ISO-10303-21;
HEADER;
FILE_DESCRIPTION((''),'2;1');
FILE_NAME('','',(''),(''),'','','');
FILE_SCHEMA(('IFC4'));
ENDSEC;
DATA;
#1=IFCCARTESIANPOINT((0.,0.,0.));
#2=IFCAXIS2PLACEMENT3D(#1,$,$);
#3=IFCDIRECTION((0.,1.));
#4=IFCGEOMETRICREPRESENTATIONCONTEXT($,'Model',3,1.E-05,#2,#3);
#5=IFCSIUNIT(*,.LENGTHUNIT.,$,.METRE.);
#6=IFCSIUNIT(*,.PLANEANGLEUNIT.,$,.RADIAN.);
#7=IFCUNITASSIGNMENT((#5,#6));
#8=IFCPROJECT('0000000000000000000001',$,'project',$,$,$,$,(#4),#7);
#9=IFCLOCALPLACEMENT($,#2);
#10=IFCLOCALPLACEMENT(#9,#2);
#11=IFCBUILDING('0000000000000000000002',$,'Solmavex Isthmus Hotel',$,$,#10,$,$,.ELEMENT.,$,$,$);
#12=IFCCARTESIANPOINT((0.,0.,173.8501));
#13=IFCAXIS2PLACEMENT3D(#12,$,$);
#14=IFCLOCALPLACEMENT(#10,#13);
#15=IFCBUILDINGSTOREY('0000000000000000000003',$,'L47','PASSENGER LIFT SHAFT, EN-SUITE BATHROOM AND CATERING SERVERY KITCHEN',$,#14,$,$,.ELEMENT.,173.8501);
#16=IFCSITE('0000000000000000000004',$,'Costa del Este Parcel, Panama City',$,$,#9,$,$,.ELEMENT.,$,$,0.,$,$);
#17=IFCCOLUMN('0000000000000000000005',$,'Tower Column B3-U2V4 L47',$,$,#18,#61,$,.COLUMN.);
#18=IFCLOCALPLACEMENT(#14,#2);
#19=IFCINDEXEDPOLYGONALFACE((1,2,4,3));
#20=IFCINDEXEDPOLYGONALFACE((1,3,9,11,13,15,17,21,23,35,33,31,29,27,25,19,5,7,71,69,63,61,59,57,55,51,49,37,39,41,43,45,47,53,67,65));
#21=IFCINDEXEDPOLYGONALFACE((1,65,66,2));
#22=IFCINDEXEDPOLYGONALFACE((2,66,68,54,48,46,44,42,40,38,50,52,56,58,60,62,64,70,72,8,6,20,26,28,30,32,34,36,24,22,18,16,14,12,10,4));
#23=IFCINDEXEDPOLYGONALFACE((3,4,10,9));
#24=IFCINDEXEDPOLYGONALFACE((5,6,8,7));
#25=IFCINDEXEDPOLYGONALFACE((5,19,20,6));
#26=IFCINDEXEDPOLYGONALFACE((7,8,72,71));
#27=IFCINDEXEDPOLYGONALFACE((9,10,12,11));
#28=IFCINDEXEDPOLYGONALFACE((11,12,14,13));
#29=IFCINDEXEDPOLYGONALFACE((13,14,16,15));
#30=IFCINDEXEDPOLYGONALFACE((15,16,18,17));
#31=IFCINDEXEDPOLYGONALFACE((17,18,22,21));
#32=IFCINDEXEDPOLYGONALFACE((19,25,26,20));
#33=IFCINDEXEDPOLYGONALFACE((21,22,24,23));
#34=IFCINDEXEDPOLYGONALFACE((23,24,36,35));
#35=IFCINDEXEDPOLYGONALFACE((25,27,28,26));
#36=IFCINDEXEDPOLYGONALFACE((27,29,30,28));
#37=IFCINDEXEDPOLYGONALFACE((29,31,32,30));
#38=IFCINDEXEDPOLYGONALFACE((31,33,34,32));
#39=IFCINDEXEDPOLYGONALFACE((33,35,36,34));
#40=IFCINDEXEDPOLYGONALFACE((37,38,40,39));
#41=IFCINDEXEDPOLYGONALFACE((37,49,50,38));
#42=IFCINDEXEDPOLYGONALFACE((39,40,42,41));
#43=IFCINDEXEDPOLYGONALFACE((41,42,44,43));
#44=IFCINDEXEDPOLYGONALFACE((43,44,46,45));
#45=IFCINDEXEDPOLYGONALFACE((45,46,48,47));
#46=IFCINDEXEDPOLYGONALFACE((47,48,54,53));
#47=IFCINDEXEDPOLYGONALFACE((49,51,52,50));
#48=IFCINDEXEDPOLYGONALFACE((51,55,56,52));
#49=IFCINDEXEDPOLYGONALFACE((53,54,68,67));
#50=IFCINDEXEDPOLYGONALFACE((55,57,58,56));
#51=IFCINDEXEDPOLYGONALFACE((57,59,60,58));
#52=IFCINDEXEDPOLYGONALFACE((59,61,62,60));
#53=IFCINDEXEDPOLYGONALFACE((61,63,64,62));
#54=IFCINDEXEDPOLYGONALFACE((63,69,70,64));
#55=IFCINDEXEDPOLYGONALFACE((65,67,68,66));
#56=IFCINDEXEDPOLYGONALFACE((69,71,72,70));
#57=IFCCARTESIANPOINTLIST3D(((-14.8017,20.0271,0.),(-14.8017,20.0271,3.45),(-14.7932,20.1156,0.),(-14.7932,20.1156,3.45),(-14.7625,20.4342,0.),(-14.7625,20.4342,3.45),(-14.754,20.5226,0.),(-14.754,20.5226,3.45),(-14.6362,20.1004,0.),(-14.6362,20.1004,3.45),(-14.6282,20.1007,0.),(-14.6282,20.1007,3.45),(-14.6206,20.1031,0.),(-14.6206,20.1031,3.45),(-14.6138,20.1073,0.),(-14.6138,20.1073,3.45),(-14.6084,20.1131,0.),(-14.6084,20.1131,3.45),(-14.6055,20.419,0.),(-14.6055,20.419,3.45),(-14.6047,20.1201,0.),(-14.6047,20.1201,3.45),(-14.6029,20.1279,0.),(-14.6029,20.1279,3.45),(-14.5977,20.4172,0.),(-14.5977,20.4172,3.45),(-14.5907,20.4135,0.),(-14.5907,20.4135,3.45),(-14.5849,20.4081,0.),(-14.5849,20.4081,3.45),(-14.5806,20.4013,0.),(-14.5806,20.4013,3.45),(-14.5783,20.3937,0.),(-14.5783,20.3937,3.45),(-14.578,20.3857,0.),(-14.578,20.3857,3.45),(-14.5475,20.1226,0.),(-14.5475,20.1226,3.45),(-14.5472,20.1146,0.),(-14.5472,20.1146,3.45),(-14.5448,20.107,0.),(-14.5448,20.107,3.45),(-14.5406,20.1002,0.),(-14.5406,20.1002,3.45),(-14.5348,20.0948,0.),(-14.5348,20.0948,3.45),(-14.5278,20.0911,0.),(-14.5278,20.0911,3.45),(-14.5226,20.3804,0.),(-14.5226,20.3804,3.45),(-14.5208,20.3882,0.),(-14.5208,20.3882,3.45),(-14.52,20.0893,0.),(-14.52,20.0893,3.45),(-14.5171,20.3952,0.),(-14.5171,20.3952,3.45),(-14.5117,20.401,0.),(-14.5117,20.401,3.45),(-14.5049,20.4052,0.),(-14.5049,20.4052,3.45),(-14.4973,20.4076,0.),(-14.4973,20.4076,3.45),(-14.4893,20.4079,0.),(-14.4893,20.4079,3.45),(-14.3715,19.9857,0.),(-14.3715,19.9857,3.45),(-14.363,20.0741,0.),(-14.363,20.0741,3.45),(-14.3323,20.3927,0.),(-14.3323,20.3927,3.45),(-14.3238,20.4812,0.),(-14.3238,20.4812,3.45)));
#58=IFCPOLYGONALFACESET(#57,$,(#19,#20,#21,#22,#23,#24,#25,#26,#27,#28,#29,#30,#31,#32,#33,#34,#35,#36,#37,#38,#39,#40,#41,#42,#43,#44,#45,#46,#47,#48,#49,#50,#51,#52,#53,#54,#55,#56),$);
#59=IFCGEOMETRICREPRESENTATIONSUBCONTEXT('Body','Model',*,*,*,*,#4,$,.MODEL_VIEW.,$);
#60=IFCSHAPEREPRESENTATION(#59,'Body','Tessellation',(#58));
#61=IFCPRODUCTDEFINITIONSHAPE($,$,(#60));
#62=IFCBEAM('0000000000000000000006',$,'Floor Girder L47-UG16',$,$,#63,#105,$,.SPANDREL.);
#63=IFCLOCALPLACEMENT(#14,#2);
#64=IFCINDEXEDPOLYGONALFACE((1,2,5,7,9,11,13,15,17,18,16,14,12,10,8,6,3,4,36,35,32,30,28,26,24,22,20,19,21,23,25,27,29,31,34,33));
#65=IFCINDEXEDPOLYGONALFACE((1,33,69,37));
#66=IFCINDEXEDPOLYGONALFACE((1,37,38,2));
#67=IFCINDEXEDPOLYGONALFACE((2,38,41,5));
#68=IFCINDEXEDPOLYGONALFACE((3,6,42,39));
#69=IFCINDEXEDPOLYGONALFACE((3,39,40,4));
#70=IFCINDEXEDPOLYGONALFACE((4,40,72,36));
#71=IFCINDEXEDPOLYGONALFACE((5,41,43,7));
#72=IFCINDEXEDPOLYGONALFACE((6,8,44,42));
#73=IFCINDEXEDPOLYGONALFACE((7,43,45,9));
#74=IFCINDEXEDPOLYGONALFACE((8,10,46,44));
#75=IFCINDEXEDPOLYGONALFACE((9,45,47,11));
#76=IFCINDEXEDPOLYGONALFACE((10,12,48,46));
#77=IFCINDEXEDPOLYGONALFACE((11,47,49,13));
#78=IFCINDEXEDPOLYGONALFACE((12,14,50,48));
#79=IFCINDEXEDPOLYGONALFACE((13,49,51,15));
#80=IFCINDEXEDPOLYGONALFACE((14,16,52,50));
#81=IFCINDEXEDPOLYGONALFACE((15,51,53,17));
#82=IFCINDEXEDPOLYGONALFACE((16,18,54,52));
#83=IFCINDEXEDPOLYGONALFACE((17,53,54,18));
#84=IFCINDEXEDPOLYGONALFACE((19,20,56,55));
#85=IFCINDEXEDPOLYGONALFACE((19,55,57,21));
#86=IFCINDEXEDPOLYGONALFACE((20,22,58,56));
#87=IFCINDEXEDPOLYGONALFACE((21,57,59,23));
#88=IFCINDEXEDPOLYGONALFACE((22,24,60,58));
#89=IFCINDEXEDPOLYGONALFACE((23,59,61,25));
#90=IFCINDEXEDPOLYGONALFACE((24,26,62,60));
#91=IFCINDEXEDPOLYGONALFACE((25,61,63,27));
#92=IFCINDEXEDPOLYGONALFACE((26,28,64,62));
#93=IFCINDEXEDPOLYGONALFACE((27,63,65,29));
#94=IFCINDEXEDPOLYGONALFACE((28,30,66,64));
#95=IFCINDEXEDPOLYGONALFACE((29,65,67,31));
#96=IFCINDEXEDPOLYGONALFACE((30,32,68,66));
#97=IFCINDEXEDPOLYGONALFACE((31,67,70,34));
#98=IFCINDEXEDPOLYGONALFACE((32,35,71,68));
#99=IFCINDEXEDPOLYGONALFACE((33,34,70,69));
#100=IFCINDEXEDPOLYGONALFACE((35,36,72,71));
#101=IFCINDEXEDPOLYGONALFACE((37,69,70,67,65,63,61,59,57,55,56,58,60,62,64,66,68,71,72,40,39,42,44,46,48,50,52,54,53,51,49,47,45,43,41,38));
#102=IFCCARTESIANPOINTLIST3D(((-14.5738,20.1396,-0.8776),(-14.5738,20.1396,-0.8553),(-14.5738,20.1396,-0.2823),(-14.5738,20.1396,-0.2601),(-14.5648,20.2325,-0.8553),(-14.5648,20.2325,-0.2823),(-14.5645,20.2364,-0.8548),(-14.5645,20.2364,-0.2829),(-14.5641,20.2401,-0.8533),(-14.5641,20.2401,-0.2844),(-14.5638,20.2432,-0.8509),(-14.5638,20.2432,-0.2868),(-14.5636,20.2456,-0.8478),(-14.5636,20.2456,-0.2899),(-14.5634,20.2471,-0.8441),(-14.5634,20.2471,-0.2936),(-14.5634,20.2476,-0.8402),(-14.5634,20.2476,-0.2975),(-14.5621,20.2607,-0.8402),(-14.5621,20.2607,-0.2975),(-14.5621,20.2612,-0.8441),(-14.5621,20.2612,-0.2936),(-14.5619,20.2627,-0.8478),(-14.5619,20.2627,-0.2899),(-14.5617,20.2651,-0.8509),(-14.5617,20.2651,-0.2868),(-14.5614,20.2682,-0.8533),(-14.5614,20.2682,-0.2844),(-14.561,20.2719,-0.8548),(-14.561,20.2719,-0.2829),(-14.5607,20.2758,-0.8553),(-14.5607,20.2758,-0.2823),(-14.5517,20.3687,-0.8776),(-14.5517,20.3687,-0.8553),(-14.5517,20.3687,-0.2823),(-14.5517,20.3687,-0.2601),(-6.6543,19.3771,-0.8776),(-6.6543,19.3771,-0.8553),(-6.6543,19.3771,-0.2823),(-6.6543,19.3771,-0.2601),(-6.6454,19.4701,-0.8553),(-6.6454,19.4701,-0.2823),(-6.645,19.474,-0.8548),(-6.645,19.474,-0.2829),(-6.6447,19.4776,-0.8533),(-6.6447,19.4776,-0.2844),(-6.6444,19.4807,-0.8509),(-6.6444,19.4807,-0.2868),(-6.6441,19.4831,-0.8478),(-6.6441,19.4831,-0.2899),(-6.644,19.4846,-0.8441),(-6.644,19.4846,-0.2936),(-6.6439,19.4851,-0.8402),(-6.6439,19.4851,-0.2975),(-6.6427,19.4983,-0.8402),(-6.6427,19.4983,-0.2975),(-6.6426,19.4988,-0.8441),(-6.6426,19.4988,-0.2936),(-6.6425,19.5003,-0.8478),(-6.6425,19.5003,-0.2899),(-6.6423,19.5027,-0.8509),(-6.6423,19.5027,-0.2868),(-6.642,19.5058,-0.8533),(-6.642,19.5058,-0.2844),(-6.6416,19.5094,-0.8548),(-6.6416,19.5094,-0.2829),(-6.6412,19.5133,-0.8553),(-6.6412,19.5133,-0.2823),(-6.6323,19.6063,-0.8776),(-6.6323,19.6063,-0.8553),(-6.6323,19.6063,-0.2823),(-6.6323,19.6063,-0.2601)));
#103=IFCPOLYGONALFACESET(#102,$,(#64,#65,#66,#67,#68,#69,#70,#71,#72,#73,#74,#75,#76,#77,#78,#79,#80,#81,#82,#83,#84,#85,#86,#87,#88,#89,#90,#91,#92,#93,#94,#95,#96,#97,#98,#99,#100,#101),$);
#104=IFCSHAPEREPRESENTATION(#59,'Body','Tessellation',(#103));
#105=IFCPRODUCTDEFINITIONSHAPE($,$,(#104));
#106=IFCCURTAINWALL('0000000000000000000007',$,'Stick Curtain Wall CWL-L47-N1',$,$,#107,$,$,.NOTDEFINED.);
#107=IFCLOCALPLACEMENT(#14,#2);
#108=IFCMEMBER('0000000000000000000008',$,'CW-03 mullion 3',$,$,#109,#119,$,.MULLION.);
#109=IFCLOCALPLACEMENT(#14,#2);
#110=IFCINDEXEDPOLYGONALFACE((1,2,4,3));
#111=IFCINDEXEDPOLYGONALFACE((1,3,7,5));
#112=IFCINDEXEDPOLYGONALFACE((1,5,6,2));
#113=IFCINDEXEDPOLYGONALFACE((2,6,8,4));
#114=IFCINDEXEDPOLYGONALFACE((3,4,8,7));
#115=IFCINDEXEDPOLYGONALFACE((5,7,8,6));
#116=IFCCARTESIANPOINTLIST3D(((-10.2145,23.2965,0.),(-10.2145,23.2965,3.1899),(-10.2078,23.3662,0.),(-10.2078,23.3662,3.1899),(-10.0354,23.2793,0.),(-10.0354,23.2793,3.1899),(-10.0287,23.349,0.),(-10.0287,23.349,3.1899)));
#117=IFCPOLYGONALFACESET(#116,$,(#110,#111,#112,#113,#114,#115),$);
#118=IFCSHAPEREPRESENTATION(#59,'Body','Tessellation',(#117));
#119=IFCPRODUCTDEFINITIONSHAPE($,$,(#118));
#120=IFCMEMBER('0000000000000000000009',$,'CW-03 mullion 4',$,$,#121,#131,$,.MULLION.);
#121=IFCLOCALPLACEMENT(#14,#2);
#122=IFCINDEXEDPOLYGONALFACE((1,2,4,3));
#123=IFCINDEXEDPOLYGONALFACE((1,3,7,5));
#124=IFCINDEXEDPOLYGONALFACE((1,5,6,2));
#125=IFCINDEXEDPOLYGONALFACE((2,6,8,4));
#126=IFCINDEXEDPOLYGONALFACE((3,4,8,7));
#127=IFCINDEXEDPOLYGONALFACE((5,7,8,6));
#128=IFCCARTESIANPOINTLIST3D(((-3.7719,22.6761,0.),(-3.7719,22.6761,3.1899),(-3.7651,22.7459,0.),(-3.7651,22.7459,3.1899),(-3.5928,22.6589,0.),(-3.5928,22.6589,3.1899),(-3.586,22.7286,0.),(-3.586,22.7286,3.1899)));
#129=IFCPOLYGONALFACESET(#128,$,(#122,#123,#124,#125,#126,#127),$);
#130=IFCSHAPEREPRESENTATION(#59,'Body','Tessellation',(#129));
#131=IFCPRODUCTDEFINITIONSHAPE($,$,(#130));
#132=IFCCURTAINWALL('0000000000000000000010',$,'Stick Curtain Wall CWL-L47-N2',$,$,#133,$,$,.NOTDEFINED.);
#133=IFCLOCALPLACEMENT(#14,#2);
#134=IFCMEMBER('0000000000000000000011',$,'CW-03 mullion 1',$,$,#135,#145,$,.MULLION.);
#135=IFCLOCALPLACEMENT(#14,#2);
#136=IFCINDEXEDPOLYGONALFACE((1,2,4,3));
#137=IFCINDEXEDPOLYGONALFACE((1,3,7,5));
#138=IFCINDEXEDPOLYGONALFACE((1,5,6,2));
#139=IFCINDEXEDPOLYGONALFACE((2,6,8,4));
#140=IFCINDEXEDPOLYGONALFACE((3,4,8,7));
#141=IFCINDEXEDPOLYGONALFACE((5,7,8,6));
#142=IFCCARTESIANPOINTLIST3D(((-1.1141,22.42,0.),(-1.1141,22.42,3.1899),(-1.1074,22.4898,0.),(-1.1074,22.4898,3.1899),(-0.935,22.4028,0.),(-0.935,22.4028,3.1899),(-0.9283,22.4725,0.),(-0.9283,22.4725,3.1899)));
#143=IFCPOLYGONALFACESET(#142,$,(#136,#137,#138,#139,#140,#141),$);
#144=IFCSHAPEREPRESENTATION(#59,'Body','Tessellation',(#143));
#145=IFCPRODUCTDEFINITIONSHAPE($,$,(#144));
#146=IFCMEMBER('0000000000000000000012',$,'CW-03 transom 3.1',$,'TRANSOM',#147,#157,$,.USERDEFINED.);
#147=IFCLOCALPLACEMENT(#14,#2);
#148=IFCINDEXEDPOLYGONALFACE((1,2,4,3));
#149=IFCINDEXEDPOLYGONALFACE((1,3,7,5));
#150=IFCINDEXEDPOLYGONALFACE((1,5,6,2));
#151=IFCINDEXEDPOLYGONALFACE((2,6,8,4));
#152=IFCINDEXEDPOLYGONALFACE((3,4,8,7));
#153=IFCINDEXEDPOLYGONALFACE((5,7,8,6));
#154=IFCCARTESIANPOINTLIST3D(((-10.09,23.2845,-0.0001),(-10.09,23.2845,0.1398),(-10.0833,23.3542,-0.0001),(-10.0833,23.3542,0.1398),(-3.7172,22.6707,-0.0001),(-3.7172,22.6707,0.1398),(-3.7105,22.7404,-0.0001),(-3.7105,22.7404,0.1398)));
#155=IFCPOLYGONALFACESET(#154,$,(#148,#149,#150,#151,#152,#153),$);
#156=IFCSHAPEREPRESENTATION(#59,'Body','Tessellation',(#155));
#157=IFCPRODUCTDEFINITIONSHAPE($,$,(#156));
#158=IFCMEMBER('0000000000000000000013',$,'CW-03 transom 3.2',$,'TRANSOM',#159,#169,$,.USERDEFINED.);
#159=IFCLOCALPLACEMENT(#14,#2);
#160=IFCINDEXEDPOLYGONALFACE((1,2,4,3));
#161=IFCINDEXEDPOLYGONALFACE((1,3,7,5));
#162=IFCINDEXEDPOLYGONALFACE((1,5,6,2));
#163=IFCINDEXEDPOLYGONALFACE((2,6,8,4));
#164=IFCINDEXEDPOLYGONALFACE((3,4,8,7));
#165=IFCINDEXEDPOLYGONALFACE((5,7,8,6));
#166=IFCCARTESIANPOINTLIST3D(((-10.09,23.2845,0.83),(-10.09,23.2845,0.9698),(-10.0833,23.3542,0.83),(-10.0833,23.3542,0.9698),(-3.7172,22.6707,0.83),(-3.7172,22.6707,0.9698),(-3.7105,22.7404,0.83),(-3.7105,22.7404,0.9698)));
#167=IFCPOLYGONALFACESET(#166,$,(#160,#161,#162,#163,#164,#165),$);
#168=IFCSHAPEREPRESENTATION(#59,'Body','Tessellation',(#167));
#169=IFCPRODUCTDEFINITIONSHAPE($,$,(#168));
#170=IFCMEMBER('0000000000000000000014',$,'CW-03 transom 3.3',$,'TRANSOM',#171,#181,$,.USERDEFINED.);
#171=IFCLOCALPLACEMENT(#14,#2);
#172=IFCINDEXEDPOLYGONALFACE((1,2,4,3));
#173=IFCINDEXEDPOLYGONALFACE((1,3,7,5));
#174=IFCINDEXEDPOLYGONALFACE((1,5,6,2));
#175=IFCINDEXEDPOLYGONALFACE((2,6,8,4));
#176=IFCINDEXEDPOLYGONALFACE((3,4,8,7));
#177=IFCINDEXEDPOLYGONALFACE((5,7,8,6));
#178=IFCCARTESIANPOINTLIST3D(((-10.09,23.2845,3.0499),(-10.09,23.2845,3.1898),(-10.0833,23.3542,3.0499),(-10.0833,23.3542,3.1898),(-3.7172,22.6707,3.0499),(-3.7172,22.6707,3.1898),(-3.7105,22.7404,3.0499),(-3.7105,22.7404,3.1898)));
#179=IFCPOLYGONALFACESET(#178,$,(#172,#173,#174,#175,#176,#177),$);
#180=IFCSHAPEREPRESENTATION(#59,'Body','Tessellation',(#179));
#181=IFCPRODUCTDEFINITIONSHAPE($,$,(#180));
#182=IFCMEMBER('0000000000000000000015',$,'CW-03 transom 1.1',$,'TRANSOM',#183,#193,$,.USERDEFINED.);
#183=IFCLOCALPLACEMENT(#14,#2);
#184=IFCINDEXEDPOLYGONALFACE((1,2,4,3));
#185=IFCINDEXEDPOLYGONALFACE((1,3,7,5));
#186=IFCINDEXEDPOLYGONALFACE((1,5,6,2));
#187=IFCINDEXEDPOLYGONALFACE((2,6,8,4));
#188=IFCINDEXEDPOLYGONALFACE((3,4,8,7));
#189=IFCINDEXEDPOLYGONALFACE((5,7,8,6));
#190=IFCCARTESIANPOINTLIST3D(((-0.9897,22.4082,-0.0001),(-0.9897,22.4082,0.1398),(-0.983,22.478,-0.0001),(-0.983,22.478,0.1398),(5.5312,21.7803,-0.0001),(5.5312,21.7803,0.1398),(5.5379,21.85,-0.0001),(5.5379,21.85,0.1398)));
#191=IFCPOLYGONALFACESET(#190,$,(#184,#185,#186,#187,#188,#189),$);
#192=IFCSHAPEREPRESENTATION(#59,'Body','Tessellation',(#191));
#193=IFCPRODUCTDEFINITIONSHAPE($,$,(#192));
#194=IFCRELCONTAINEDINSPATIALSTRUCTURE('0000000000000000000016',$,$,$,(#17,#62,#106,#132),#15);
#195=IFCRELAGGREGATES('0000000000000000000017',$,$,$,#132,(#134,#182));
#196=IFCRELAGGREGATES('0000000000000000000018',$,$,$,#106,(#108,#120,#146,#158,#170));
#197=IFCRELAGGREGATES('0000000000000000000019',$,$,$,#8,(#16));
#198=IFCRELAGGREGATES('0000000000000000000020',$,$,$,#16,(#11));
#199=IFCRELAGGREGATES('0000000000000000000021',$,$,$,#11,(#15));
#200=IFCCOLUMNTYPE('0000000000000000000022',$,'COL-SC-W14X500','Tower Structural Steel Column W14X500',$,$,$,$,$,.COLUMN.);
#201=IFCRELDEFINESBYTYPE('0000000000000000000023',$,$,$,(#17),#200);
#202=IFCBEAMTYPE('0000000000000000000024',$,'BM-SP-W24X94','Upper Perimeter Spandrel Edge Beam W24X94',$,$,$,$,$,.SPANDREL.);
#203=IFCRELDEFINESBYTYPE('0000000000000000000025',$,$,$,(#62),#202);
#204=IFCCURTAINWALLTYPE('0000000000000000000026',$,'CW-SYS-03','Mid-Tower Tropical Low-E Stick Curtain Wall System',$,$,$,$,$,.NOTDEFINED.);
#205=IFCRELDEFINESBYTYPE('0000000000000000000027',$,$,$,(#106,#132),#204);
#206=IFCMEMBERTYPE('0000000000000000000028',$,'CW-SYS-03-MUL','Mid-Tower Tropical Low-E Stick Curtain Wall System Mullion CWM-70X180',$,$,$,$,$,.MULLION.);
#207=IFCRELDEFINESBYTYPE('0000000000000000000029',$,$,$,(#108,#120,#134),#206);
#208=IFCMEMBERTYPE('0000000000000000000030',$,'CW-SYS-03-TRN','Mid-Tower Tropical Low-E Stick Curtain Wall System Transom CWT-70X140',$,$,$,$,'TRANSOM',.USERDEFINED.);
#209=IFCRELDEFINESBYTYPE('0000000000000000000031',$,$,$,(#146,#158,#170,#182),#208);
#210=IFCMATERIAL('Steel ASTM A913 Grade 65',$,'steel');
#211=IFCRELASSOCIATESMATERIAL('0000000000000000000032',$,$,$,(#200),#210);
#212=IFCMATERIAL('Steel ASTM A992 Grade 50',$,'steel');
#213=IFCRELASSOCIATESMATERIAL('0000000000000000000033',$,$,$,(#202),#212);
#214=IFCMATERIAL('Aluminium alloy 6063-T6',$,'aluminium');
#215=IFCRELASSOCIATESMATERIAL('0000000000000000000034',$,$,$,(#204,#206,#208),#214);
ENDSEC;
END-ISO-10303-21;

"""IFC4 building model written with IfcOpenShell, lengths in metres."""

from ifc_helpers import new_model, si_unit, direction, frame, origin, origin_2d, place, context, subcontext, project, spatial, rectangle, i_section, extrude, material, material_profile, profile_set, type_object, element, aggregate, save


model = new_model("IFC4")

# Units and contexts
model_context = context("Model", 3, precision=1e-05, world=origin(), true_north=direction((0.0, 1.0)))
body_context = subcontext(model_context, "Body", "Model", "MODEL_VIEW")
ifc_project = project(units=[si_unit("LENGTHUNIT", "METRE"), si_unit("PLANEANGLEUNIT", "RADIAN")], contexts=[model_context])

# Site, building, storey
site_placement = place(None, origin())
site = spatial("IfcSite", under=ifc_project, at=site_placement, Name="Costa del Este Parcel, Panama City", CompositionType="ELEMENT", RefElevation=0.0)
building_placement = place(site_placement, origin())
building = spatial("IfcBuilding", under=site, at=building_placement, Name="Solmavex Isthmus Hotel", CompositionType="ELEMENT")
storey_placement = place(building_placement, frame((0.0, 0.0, 173.8501)))
storey = spatial("IfcBuildingStorey", under=building, at=storey_placement, Name="L47", Description="PASSENGER LIFT SHAFT, EN-SUITE BATHROOM AND CATERING SERVERY KITCHEN", CompositionType="ELEMENT", Elevation=173.8501)

# Column
ifc_material_1 = material(Name="Steel ASTM A913 Grade 65", Category="steel")
ifc_material_profile_1 = material_profile(ifc_material_1, i_section(OverallWidth=0.4321, OverallDepth=0.4978, WebThickness=0.0557, FlangeThickness=0.0889, FilletRadius=0.0305, at=origin_2d()), Name="W14X500")
ifc_profile_set_1 = profile_set([ifc_material_profile_1], Name="Steel ASTM A913 Grade 65")
column_type = type_object("IfcColumnType", Name="COL-SC-W14X500", Description="Tower Structural Steel Column W14X500", PredefinedType="COLUMN", material=ifc_profile_set_1)
column_placement = place(storey_placement, frame((-14.5627, 20.2542, 0.0), z_axis=(0.0, 0.0, 1.0), x_axis=(0.995396, -0.095846, 0.0)))
element("IfcColumn", 1, at=column_placement, inside=storey, type_object=column_type, Name="Tower Column B3-U2V4 L47", PredefinedType="COLUMN", context=body_context, shape_type="SweptSolid", body=[
    extrude(i_section(OverallWidth=0.4321, OverallDepth=0.4978, WebThickness=0.0557, FlangeThickness=0.0889, FilletRadius=0.0305, at=origin_2d()), origin(), (0.0, 0.0, 1.0), 3.45),
])

# Beam
ifc_material_2 = material(Name="Steel ASTM A992 Grade 50", Category="steel")
ifc_material_profile_2 = material_profile(ifc_material_2, i_section(OverallWidth=0.2302, OverallDepth=0.6174, WebThickness=0.0132, FlangeThickness=0.0222, FilletRadius=0.0151, at=origin_2d()), Name="W24X94")
ifc_profile_set_2 = profile_set([ifc_material_profile_2], Name="Steel ASTM A992 Grade 50")
beam_type = type_object("IfcBeamType", Name="BM-SP-W24X94", Description="Upper Perimeter Spandrel Edge Beam W24X94", PredefinedType="SPANDREL", material=ifc_profile_set_2)
beam_placement = place(storey_placement, frame((-14.5627, 20.2542, -0.5688), z_axis=(0.995397, -0.095833, 0.0), x_axis=(0.095833, 0.995397, 0.0)))
element("IfcBeam", 2, at=beam_placement, inside=storey, type_object=beam_type, Name="Floor Girder L47-UG16", PredefinedType="SPANDREL", context=body_context, shape_type="SweptSolid", body=[
    extrude(i_section(OverallWidth=0.2302, OverallDepth=0.6174, WebThickness=0.0132, FlangeThickness=0.0222, FilletRadius=0.0151, at=origin_2d()), origin(), (0.0, 0.0, 1.0), 7.9561),
])

# Curtain wall, members
ifc_material_3 = material(Name="Aluminium alloy 6063-T6", Category="aluminium")
curtain_wall_type = type_object("IfcCurtainWallType", Name="CW-SYS-03", Description="Mid-Tower Tropical Low-E Stick Curtain Wall System", PredefinedType="NOTDEFINED", material=ifc_material_3)
curtain_wall_1_placement = place(storey_placement, origin())
curtain_wall_1 = element("IfcCurtainWall", 3, at=curtain_wall_1_placement, inside=storey, type_object=curtain_wall_type, Name="Stick Curtain Wall CWL-L47-N1", PredefinedType="NOTDEFINED")
ifc_material_profile_3 = material_profile(ifc_material_3, rectangle(XDim=0.0701, YDim=0.1799, at=origin_2d()), Name="CWM-70X180")
ifc_profile_set_3 = profile_set([ifc_material_profile_3], Name="Aluminium alloy 6063-T6")
member_type_1 = type_object("IfcMemberType", Name="CW-SYS-03-MUL", Description="Mid-Tower Tropical Low-E Stick Curtain Wall System Mullion CWM-70X180", PredefinedType="MULLION", material=ifc_profile_set_3)
member_1_placement = place(storey_placement, frame((-10.1216, 23.3228, 0.0), z_axis=(0.0, 0.0, 1.0), x_axis=(0.095846, 0.995396, 0.0)))
member_1 = element("IfcMember", 4, at=member_1_placement, type_object=member_type_1, Name="CW-03 mullion 3", PredefinedType="MULLION", context=body_context, shape_type="SweptSolid", body=[
    extrude(rectangle(XDim=0.0701, YDim=0.1799, at=origin_2d()), origin(), (0.0, 0.0, 1.0), 3.1899),
])
member_2_placement = place(storey_placement, frame((-3.679, 22.7024, 0.0), z_axis=(0.0, 0.0, 1.0), x_axis=(0.095846, 0.995396, 0.0)))
member_2 = element("IfcMember", 5, at=member_2_placement, type_object=member_type_1, Name="CW-03 mullion 4", PredefinedType="MULLION", context=body_context, shape_type="SweptSolid", body=[
    extrude(rectangle(XDim=0.0701, YDim=0.1799, at=origin_2d()), origin(), (0.0, 0.0, 1.0), 3.1899),
])

# Curtain wall, member
curtain_wall_2_placement = place(storey_placement, origin())
curtain_wall_2 = element("IfcCurtainWall", 6, at=curtain_wall_2_placement, inside=storey, type_object=curtain_wall_type, Name="Stick Curtain Wall CWL-L47-N2", PredefinedType="NOTDEFINED")
member_3_placement = place(storey_placement, frame((-1.0212, 22.4463, 0.0), z_axis=(0.0, 0.0, 1.0), x_axis=(0.095845, 0.995396, 0.0)))
member_3 = element("IfcMember", 7, at=member_3_placement, type_object=member_type_1, Name="CW-03 mullion 1", PredefinedType="MULLION", context=body_context, shape_type="SweptSolid", body=[
    extrude(rectangle(XDim=0.0701, YDim=0.1799, at=origin_2d()), origin(), (0.0, 0.0, 1.0), 3.1899),
])

# Members
ifc_material_profile_4 = material_profile(ifc_material_3, rectangle(XDim=0.0701, YDim=0.1399, at=origin_2d()), Name="CWT-70X140")
ifc_profile_set_4 = profile_set([ifc_material_profile_4], Name="Aluminium alloy 6063-T6")
member_type_2 = type_object("IfcMemberType", Name="CW-SYS-03-TRN", Description="Mid-Tower Tropical Low-E Stick Curtain Wall System Transom CWT-70X140", ElementType="TRANSOM", PredefinedType="USERDEFINED", material=ifc_profile_set_4)
member_4_placement = place(storey_placement, frame((-10.0867, 23.3193, 0.0698), z_axis=(0.995394, -0.095867, 0.0), x_axis=(0.095867, 0.995394, 0.0)))
member_4 = element("IfcMember", 8, at=member_4_placement, type_object=member_type_2, Name="CW-03 transom 3.1", ObjectType="TRANSOM", PredefinedType="USERDEFINED", context=body_context, shape_type="SweptSolid", body=[
    extrude(rectangle(XDim=0.0701, YDim=0.1399, at=origin_2d()), origin(), (0.0, 0.0, 1.0), 6.4023),
])
member_5_placement = place(storey_placement, frame((-10.0867, 23.3193, 0.8999), z_axis=(0.995394, -0.095867, 0.0), x_axis=(0.095867, 0.995394, 0.0)))
member_5 = element("IfcMember", 9, at=member_5_placement, type_object=member_type_2, Name="CW-03 transom 3.2", ObjectType="TRANSOM", PredefinedType="USERDEFINED", context=body_context, shape_type="SweptSolid", body=[
    extrude(rectangle(XDim=0.0701, YDim=0.1399, at=origin_2d()), origin(), (0.0, 0.0, 1.0), 6.4023),
])
member_6_placement = place(storey_placement, frame((-10.0867, 23.3193, 3.1199), z_axis=(0.995394, -0.095867, 0.0), x_axis=(0.095867, 0.995394, 0.0)))
member_6 = element("IfcMember", 10, at=member_6_placement, type_object=member_type_2, Name="CW-03 transom 3.3", ObjectType="TRANSOM", PredefinedType="USERDEFINED", context=body_context, shape_type="SweptSolid", body=[
    extrude(rectangle(XDim=0.0701, YDim=0.1399, at=origin_2d()), origin(), (0.0, 0.0, 1.0), 6.4023),
])
member_7_placement = place(storey_placement, frame((-0.9863, 22.4431, 0.0698), z_axis=(0.995395, -0.095854, 0.0), x_axis=(0.095854, 0.995395, 0.0)))
member_7 = element("IfcMember", 11, at=member_7_placement, type_object=member_type_2, Name="CW-03 transom 1.1", ObjectType="TRANSOM", PredefinedType="USERDEFINED", context=body_context, shape_type="SweptSolid", body=[
    extrude(rectangle(XDim=0.0701, YDim=0.1399, at=origin_2d()), origin(), (0.0, 0.0, 1.0), 6.551),
])
aggregate(curtain_wall_2, [member_3, member_7])

aggregate(curtain_wall_1, [member_1, member_2, member_4, member_5, member_6])

save(model, "model.ifc")
